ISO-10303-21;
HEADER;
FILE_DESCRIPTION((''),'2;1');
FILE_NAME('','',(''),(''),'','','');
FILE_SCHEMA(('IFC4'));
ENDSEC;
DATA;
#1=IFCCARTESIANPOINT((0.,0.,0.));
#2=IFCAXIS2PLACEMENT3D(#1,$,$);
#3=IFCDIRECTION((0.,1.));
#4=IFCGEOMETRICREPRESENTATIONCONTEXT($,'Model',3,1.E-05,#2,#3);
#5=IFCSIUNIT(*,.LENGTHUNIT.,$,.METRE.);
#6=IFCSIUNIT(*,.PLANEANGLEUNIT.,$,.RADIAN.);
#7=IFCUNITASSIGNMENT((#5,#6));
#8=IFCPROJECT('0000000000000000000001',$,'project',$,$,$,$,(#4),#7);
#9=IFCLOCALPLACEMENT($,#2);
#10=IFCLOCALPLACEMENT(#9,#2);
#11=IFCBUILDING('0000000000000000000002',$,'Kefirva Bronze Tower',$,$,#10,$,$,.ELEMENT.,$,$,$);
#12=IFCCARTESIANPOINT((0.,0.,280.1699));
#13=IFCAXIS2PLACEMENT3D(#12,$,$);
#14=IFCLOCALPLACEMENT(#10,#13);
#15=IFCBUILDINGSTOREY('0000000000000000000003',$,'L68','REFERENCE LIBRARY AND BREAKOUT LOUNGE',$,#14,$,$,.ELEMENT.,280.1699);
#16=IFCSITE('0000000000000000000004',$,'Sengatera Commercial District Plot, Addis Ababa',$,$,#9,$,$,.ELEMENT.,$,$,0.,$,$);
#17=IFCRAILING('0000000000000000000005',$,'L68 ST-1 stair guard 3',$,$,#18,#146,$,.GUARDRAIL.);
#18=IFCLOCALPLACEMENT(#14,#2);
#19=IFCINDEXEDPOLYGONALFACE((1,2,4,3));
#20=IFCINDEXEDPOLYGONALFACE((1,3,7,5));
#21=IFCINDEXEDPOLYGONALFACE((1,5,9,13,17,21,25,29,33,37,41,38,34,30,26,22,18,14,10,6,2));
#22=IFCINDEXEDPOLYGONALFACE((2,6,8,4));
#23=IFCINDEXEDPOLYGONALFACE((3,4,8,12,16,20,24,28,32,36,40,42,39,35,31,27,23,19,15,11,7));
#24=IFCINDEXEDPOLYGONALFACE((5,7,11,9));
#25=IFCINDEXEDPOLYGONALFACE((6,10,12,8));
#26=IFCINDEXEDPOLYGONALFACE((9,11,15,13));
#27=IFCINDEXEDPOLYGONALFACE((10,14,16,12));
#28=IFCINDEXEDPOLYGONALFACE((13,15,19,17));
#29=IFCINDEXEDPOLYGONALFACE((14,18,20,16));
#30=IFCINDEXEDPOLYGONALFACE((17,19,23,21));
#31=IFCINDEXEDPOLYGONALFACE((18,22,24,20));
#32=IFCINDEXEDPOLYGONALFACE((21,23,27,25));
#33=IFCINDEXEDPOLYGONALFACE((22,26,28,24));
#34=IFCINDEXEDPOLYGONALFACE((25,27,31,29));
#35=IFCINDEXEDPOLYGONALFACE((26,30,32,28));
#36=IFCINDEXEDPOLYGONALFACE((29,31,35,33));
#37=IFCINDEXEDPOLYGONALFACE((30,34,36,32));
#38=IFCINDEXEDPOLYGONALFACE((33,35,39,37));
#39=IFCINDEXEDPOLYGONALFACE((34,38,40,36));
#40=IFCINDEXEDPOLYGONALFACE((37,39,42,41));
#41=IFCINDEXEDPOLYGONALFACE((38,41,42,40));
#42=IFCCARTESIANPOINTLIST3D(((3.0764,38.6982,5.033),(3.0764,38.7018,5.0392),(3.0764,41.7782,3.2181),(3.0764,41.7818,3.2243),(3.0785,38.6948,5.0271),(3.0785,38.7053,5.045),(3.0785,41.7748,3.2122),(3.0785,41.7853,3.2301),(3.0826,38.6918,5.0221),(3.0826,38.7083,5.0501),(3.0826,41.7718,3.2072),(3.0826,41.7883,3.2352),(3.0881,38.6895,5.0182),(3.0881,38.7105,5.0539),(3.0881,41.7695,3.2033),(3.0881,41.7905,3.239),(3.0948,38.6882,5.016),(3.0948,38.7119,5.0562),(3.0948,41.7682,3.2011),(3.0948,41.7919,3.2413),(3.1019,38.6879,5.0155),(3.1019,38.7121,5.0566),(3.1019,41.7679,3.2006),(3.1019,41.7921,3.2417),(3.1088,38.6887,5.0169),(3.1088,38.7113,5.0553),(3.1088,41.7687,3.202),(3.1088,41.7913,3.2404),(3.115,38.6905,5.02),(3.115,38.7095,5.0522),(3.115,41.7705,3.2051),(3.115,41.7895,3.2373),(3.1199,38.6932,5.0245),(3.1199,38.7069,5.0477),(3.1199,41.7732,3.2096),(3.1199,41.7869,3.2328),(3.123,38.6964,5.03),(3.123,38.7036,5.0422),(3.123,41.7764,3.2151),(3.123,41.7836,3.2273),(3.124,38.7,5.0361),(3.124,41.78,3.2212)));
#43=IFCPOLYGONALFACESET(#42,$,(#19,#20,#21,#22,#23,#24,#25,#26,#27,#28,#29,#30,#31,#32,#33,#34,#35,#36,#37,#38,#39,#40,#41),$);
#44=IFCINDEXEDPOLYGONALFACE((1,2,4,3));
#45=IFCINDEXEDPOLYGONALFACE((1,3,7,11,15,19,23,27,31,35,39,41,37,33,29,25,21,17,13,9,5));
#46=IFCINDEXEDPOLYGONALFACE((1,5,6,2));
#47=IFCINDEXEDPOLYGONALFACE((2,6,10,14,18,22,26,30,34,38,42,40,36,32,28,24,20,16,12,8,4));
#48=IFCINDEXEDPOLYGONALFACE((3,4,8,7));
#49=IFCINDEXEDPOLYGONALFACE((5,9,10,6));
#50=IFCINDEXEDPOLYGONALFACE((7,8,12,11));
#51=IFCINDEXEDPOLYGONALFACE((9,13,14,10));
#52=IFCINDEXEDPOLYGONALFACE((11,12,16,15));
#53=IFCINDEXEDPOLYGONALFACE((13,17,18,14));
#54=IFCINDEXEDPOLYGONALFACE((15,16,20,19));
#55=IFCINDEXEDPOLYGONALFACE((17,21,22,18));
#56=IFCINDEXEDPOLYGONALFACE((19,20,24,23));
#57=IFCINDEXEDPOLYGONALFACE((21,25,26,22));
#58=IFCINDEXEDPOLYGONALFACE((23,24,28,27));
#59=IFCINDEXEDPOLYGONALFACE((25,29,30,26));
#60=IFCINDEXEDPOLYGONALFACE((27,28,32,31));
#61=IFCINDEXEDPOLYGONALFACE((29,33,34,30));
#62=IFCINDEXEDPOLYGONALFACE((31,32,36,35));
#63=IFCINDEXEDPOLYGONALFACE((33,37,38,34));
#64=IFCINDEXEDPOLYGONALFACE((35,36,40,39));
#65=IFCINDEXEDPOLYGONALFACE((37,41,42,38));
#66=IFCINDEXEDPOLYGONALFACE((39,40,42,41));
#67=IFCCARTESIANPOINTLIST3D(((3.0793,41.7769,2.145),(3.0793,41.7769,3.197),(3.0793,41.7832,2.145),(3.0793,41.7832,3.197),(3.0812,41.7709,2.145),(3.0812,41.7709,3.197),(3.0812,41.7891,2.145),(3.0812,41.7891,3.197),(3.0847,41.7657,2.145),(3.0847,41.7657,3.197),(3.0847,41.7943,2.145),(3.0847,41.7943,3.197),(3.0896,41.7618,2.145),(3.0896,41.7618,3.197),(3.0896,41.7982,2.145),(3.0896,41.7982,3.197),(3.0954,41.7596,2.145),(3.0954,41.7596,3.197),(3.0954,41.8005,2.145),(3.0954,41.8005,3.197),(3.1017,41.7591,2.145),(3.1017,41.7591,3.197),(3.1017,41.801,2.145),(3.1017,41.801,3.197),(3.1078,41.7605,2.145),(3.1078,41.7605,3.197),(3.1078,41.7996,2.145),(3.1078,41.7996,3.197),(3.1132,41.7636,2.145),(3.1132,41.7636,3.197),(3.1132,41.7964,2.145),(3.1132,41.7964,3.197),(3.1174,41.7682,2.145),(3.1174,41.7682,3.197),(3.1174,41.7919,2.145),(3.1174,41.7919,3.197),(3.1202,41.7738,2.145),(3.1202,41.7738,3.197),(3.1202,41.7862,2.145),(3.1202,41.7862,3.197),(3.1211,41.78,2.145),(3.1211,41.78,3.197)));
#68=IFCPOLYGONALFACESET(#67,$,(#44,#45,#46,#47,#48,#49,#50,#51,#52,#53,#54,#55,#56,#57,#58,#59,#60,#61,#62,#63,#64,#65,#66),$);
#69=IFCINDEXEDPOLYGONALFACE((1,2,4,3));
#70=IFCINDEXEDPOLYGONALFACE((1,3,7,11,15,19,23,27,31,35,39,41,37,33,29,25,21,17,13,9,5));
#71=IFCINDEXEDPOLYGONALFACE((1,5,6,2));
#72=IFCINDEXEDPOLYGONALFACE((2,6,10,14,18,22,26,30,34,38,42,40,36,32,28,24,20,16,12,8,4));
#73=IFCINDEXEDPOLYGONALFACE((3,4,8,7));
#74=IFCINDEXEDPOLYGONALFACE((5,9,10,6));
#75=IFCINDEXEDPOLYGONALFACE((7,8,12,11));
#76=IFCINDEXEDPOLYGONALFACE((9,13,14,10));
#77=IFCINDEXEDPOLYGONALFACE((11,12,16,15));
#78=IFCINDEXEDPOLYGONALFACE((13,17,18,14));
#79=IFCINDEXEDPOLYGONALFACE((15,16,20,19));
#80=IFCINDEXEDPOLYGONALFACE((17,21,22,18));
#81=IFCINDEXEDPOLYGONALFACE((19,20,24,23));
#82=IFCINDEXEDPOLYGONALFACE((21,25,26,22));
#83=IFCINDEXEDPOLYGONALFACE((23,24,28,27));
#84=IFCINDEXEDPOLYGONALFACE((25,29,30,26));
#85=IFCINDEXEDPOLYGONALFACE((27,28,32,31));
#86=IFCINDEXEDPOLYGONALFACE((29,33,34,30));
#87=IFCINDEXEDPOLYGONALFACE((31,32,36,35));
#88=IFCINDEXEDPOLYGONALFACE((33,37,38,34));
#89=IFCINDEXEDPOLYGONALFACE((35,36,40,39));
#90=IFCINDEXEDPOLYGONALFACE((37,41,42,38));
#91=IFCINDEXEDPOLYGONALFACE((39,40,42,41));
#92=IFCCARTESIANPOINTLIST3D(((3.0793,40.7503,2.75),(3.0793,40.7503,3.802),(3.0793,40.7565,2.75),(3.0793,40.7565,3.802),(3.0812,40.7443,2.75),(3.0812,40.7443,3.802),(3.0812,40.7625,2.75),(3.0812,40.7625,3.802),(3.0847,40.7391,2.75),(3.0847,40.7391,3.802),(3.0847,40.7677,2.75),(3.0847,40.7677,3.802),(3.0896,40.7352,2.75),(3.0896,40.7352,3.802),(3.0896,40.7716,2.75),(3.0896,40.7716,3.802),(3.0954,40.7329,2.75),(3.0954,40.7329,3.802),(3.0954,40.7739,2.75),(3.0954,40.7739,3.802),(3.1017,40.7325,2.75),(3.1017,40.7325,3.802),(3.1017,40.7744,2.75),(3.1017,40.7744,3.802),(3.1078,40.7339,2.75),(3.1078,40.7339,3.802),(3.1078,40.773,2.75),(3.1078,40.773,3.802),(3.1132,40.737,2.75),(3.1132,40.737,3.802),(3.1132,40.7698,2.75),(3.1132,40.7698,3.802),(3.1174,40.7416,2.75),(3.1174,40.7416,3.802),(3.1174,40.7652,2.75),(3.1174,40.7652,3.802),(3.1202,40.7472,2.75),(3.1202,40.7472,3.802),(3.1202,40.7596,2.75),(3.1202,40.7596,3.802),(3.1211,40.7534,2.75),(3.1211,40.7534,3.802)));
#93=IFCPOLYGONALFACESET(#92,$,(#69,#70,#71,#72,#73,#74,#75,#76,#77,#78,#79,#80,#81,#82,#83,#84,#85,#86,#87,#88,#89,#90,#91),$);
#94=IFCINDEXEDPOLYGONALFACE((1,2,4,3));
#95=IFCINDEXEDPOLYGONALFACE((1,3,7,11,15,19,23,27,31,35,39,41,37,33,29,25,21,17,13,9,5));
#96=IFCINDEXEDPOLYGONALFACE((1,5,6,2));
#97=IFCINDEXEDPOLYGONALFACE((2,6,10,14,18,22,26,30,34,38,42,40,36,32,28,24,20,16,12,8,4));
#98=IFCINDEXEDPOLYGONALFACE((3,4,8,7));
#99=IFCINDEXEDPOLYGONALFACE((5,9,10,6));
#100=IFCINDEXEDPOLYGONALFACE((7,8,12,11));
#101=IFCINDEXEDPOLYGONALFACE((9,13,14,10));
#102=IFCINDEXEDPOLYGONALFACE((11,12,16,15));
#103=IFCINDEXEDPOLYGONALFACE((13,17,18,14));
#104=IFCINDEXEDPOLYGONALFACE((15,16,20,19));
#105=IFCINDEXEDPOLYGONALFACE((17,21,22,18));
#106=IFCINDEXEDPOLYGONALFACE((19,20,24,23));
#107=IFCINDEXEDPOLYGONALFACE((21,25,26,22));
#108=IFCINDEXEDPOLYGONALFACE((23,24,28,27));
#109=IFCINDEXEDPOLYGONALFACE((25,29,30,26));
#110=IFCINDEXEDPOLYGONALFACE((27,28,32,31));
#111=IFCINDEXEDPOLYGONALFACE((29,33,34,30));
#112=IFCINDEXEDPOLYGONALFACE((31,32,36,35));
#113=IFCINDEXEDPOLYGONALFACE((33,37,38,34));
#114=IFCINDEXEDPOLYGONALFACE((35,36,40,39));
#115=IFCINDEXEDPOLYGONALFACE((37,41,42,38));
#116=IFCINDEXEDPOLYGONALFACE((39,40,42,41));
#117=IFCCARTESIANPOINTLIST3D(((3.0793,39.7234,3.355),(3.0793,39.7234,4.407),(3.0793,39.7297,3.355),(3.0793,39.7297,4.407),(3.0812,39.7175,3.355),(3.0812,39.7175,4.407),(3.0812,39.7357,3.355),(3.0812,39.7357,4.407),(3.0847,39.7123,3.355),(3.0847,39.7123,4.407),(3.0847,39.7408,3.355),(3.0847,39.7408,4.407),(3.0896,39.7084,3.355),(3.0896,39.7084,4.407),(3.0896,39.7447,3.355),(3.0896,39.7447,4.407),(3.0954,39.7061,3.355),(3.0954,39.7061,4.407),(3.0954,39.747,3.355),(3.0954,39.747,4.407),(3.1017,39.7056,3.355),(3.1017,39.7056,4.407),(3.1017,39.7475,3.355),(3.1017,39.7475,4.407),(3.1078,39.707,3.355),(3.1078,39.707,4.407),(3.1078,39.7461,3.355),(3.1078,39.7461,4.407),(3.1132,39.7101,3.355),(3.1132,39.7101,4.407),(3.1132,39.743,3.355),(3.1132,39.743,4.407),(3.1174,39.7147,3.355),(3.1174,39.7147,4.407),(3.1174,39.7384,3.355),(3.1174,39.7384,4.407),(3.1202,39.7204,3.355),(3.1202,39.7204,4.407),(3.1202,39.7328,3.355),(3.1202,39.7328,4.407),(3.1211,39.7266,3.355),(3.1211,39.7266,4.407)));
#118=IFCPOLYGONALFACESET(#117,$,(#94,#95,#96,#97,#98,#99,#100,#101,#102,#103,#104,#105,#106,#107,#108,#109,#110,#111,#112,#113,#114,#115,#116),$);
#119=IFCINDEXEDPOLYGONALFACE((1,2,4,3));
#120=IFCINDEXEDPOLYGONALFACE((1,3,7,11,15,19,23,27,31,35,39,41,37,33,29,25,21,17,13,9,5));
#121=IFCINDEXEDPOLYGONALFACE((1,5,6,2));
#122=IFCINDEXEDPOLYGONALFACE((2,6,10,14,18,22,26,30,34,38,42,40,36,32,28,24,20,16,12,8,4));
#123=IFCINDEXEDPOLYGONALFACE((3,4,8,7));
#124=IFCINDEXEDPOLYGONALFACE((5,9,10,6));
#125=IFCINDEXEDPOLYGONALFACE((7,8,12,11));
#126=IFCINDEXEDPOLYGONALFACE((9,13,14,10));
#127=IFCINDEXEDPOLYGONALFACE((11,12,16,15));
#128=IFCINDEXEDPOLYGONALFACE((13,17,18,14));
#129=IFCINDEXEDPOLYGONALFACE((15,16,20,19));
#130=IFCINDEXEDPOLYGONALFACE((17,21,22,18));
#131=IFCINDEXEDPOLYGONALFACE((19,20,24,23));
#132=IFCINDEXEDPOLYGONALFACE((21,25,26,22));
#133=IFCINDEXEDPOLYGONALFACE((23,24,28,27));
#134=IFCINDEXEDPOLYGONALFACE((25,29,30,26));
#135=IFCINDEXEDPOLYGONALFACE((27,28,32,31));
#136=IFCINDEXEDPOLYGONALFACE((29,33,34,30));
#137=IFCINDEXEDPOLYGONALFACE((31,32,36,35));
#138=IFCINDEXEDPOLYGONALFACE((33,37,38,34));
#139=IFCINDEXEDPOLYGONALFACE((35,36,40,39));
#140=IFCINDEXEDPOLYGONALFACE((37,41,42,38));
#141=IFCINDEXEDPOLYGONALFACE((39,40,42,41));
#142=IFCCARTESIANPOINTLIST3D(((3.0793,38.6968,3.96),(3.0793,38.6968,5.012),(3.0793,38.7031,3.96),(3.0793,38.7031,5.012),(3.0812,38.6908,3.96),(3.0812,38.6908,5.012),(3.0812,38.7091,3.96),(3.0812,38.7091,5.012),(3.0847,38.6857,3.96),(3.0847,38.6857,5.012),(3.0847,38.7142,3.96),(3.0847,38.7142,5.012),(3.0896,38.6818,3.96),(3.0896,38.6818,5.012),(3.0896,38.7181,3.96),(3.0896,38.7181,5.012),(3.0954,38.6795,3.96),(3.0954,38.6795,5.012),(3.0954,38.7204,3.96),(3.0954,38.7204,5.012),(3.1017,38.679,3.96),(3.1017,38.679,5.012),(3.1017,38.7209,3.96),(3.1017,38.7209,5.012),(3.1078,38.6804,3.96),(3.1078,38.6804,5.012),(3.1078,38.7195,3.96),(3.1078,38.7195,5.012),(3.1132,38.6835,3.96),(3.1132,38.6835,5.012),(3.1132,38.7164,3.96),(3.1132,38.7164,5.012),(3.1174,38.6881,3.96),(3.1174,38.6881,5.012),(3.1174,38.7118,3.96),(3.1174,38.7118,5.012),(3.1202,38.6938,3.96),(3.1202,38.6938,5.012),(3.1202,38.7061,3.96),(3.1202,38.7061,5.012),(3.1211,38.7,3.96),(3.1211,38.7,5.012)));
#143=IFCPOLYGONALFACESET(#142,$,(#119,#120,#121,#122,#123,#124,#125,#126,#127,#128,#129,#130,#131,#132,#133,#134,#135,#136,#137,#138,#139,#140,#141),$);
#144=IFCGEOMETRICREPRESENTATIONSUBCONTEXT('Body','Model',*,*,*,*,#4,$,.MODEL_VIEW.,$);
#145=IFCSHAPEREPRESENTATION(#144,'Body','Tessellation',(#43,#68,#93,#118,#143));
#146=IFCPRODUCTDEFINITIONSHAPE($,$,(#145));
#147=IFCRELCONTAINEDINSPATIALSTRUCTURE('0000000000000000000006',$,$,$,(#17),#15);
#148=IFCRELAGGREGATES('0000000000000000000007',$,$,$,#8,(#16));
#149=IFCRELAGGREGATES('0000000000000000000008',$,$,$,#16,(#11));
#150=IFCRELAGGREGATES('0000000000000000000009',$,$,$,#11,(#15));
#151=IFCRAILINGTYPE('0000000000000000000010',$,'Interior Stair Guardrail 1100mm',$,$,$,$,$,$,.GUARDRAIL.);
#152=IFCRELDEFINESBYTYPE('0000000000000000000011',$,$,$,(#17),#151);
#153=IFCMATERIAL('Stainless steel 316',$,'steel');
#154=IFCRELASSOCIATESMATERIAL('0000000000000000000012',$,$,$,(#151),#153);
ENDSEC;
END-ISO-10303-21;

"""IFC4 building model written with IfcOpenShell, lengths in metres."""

from ifc_helpers import new_model, si_unit, direction, frame, origin, origin_2d, place, context, subcontext, project, spatial, circle, extrude, material, type_object, element, save


model = new_model("IFC4")

# Units and contexts
model_context = context("Model", 3, precision=1e-05, world=origin(), true_north=direction((0.0, 1.0)))
body_context = subcontext(model_context, "Body", "Model", "MODEL_VIEW")
ifc_project = project(units=[si_unit("LENGTHUNIT", "METRE"), si_unit("PLANEANGLEUNIT", "RADIAN")], contexts=[model_context])

# Site, building, storey
site_placement = place(None, origin())
site = spatial("IfcSite", under=ifc_project, at=site_placement, Name="Sengatera Commercial District Plot, Addis Ababa", CompositionType="ELEMENT", RefElevation=0.0)
building_placement = place(site_placement, origin())
building = spatial("IfcBuilding", under=site, at=building_placement, Name="Kefirva Bronze Tower", CompositionType="ELEMENT")
storey_placement = place(building_placement, frame((0.0, 0.0, 280.1699)))
storey = spatial("IfcBuildingStorey", under=building, at=storey_placement, Name="L68", Description="REFERENCE LIBRARY AND BREAKOUT LOUNGE", CompositionType="ELEMENT", Elevation=280.1699)

# Railing
ifc_material_1 = material(Name="Stainless steel 316", Category="steel")
railing_type_1 = type_object("IfcRailingType", Name="Interior Stair Guardrail 1100mm", PredefinedType="GUARDRAIL", material=ifc_material_1)
railing_1_placement = place(storey_placement, frame((3.1001, 41.78, 2.145)))
element("IfcRailing", 1, at=railing_1_placement, inside=storey, type_object=railing_type_1, Name="L68 ST-1 stair guard 3", PredefinedType="GUARDRAIL", context=body_context, shape_type="SweptSolid", body=[
    extrude(circle(Radius=0.0239, at=origin_2d()), frame((0.0, 0.0, 1.0762), z_axis=(0.0, -0.861551, 0.507671), x_axis=(1.0, 0.0, 0.0)), (0.0, 0.0, 1.0), 3.575),
    extrude(circle(Radius=0.021, at=origin_2d()), origin(), (0.0, 0.0, 1.0), 1.052),
    extrude(circle(Radius=0.021, at=origin_2d()), frame((0.0, -1.0266, 0.605)), (0.0, 0.0, 1.0), 1.052),
    extrude(circle(Radius=0.021, at=origin_2d()), frame((0.0, -2.0535, 1.21)), (0.0, 0.0, 1.0), 1.052),
    extrude(circle(Radius=0.021, at=origin_2d()), frame((0.0, -3.0801, 1.8149)), (0.0, 0.0, 1.0), 1.052),
])

save(model, "model.ifc")
